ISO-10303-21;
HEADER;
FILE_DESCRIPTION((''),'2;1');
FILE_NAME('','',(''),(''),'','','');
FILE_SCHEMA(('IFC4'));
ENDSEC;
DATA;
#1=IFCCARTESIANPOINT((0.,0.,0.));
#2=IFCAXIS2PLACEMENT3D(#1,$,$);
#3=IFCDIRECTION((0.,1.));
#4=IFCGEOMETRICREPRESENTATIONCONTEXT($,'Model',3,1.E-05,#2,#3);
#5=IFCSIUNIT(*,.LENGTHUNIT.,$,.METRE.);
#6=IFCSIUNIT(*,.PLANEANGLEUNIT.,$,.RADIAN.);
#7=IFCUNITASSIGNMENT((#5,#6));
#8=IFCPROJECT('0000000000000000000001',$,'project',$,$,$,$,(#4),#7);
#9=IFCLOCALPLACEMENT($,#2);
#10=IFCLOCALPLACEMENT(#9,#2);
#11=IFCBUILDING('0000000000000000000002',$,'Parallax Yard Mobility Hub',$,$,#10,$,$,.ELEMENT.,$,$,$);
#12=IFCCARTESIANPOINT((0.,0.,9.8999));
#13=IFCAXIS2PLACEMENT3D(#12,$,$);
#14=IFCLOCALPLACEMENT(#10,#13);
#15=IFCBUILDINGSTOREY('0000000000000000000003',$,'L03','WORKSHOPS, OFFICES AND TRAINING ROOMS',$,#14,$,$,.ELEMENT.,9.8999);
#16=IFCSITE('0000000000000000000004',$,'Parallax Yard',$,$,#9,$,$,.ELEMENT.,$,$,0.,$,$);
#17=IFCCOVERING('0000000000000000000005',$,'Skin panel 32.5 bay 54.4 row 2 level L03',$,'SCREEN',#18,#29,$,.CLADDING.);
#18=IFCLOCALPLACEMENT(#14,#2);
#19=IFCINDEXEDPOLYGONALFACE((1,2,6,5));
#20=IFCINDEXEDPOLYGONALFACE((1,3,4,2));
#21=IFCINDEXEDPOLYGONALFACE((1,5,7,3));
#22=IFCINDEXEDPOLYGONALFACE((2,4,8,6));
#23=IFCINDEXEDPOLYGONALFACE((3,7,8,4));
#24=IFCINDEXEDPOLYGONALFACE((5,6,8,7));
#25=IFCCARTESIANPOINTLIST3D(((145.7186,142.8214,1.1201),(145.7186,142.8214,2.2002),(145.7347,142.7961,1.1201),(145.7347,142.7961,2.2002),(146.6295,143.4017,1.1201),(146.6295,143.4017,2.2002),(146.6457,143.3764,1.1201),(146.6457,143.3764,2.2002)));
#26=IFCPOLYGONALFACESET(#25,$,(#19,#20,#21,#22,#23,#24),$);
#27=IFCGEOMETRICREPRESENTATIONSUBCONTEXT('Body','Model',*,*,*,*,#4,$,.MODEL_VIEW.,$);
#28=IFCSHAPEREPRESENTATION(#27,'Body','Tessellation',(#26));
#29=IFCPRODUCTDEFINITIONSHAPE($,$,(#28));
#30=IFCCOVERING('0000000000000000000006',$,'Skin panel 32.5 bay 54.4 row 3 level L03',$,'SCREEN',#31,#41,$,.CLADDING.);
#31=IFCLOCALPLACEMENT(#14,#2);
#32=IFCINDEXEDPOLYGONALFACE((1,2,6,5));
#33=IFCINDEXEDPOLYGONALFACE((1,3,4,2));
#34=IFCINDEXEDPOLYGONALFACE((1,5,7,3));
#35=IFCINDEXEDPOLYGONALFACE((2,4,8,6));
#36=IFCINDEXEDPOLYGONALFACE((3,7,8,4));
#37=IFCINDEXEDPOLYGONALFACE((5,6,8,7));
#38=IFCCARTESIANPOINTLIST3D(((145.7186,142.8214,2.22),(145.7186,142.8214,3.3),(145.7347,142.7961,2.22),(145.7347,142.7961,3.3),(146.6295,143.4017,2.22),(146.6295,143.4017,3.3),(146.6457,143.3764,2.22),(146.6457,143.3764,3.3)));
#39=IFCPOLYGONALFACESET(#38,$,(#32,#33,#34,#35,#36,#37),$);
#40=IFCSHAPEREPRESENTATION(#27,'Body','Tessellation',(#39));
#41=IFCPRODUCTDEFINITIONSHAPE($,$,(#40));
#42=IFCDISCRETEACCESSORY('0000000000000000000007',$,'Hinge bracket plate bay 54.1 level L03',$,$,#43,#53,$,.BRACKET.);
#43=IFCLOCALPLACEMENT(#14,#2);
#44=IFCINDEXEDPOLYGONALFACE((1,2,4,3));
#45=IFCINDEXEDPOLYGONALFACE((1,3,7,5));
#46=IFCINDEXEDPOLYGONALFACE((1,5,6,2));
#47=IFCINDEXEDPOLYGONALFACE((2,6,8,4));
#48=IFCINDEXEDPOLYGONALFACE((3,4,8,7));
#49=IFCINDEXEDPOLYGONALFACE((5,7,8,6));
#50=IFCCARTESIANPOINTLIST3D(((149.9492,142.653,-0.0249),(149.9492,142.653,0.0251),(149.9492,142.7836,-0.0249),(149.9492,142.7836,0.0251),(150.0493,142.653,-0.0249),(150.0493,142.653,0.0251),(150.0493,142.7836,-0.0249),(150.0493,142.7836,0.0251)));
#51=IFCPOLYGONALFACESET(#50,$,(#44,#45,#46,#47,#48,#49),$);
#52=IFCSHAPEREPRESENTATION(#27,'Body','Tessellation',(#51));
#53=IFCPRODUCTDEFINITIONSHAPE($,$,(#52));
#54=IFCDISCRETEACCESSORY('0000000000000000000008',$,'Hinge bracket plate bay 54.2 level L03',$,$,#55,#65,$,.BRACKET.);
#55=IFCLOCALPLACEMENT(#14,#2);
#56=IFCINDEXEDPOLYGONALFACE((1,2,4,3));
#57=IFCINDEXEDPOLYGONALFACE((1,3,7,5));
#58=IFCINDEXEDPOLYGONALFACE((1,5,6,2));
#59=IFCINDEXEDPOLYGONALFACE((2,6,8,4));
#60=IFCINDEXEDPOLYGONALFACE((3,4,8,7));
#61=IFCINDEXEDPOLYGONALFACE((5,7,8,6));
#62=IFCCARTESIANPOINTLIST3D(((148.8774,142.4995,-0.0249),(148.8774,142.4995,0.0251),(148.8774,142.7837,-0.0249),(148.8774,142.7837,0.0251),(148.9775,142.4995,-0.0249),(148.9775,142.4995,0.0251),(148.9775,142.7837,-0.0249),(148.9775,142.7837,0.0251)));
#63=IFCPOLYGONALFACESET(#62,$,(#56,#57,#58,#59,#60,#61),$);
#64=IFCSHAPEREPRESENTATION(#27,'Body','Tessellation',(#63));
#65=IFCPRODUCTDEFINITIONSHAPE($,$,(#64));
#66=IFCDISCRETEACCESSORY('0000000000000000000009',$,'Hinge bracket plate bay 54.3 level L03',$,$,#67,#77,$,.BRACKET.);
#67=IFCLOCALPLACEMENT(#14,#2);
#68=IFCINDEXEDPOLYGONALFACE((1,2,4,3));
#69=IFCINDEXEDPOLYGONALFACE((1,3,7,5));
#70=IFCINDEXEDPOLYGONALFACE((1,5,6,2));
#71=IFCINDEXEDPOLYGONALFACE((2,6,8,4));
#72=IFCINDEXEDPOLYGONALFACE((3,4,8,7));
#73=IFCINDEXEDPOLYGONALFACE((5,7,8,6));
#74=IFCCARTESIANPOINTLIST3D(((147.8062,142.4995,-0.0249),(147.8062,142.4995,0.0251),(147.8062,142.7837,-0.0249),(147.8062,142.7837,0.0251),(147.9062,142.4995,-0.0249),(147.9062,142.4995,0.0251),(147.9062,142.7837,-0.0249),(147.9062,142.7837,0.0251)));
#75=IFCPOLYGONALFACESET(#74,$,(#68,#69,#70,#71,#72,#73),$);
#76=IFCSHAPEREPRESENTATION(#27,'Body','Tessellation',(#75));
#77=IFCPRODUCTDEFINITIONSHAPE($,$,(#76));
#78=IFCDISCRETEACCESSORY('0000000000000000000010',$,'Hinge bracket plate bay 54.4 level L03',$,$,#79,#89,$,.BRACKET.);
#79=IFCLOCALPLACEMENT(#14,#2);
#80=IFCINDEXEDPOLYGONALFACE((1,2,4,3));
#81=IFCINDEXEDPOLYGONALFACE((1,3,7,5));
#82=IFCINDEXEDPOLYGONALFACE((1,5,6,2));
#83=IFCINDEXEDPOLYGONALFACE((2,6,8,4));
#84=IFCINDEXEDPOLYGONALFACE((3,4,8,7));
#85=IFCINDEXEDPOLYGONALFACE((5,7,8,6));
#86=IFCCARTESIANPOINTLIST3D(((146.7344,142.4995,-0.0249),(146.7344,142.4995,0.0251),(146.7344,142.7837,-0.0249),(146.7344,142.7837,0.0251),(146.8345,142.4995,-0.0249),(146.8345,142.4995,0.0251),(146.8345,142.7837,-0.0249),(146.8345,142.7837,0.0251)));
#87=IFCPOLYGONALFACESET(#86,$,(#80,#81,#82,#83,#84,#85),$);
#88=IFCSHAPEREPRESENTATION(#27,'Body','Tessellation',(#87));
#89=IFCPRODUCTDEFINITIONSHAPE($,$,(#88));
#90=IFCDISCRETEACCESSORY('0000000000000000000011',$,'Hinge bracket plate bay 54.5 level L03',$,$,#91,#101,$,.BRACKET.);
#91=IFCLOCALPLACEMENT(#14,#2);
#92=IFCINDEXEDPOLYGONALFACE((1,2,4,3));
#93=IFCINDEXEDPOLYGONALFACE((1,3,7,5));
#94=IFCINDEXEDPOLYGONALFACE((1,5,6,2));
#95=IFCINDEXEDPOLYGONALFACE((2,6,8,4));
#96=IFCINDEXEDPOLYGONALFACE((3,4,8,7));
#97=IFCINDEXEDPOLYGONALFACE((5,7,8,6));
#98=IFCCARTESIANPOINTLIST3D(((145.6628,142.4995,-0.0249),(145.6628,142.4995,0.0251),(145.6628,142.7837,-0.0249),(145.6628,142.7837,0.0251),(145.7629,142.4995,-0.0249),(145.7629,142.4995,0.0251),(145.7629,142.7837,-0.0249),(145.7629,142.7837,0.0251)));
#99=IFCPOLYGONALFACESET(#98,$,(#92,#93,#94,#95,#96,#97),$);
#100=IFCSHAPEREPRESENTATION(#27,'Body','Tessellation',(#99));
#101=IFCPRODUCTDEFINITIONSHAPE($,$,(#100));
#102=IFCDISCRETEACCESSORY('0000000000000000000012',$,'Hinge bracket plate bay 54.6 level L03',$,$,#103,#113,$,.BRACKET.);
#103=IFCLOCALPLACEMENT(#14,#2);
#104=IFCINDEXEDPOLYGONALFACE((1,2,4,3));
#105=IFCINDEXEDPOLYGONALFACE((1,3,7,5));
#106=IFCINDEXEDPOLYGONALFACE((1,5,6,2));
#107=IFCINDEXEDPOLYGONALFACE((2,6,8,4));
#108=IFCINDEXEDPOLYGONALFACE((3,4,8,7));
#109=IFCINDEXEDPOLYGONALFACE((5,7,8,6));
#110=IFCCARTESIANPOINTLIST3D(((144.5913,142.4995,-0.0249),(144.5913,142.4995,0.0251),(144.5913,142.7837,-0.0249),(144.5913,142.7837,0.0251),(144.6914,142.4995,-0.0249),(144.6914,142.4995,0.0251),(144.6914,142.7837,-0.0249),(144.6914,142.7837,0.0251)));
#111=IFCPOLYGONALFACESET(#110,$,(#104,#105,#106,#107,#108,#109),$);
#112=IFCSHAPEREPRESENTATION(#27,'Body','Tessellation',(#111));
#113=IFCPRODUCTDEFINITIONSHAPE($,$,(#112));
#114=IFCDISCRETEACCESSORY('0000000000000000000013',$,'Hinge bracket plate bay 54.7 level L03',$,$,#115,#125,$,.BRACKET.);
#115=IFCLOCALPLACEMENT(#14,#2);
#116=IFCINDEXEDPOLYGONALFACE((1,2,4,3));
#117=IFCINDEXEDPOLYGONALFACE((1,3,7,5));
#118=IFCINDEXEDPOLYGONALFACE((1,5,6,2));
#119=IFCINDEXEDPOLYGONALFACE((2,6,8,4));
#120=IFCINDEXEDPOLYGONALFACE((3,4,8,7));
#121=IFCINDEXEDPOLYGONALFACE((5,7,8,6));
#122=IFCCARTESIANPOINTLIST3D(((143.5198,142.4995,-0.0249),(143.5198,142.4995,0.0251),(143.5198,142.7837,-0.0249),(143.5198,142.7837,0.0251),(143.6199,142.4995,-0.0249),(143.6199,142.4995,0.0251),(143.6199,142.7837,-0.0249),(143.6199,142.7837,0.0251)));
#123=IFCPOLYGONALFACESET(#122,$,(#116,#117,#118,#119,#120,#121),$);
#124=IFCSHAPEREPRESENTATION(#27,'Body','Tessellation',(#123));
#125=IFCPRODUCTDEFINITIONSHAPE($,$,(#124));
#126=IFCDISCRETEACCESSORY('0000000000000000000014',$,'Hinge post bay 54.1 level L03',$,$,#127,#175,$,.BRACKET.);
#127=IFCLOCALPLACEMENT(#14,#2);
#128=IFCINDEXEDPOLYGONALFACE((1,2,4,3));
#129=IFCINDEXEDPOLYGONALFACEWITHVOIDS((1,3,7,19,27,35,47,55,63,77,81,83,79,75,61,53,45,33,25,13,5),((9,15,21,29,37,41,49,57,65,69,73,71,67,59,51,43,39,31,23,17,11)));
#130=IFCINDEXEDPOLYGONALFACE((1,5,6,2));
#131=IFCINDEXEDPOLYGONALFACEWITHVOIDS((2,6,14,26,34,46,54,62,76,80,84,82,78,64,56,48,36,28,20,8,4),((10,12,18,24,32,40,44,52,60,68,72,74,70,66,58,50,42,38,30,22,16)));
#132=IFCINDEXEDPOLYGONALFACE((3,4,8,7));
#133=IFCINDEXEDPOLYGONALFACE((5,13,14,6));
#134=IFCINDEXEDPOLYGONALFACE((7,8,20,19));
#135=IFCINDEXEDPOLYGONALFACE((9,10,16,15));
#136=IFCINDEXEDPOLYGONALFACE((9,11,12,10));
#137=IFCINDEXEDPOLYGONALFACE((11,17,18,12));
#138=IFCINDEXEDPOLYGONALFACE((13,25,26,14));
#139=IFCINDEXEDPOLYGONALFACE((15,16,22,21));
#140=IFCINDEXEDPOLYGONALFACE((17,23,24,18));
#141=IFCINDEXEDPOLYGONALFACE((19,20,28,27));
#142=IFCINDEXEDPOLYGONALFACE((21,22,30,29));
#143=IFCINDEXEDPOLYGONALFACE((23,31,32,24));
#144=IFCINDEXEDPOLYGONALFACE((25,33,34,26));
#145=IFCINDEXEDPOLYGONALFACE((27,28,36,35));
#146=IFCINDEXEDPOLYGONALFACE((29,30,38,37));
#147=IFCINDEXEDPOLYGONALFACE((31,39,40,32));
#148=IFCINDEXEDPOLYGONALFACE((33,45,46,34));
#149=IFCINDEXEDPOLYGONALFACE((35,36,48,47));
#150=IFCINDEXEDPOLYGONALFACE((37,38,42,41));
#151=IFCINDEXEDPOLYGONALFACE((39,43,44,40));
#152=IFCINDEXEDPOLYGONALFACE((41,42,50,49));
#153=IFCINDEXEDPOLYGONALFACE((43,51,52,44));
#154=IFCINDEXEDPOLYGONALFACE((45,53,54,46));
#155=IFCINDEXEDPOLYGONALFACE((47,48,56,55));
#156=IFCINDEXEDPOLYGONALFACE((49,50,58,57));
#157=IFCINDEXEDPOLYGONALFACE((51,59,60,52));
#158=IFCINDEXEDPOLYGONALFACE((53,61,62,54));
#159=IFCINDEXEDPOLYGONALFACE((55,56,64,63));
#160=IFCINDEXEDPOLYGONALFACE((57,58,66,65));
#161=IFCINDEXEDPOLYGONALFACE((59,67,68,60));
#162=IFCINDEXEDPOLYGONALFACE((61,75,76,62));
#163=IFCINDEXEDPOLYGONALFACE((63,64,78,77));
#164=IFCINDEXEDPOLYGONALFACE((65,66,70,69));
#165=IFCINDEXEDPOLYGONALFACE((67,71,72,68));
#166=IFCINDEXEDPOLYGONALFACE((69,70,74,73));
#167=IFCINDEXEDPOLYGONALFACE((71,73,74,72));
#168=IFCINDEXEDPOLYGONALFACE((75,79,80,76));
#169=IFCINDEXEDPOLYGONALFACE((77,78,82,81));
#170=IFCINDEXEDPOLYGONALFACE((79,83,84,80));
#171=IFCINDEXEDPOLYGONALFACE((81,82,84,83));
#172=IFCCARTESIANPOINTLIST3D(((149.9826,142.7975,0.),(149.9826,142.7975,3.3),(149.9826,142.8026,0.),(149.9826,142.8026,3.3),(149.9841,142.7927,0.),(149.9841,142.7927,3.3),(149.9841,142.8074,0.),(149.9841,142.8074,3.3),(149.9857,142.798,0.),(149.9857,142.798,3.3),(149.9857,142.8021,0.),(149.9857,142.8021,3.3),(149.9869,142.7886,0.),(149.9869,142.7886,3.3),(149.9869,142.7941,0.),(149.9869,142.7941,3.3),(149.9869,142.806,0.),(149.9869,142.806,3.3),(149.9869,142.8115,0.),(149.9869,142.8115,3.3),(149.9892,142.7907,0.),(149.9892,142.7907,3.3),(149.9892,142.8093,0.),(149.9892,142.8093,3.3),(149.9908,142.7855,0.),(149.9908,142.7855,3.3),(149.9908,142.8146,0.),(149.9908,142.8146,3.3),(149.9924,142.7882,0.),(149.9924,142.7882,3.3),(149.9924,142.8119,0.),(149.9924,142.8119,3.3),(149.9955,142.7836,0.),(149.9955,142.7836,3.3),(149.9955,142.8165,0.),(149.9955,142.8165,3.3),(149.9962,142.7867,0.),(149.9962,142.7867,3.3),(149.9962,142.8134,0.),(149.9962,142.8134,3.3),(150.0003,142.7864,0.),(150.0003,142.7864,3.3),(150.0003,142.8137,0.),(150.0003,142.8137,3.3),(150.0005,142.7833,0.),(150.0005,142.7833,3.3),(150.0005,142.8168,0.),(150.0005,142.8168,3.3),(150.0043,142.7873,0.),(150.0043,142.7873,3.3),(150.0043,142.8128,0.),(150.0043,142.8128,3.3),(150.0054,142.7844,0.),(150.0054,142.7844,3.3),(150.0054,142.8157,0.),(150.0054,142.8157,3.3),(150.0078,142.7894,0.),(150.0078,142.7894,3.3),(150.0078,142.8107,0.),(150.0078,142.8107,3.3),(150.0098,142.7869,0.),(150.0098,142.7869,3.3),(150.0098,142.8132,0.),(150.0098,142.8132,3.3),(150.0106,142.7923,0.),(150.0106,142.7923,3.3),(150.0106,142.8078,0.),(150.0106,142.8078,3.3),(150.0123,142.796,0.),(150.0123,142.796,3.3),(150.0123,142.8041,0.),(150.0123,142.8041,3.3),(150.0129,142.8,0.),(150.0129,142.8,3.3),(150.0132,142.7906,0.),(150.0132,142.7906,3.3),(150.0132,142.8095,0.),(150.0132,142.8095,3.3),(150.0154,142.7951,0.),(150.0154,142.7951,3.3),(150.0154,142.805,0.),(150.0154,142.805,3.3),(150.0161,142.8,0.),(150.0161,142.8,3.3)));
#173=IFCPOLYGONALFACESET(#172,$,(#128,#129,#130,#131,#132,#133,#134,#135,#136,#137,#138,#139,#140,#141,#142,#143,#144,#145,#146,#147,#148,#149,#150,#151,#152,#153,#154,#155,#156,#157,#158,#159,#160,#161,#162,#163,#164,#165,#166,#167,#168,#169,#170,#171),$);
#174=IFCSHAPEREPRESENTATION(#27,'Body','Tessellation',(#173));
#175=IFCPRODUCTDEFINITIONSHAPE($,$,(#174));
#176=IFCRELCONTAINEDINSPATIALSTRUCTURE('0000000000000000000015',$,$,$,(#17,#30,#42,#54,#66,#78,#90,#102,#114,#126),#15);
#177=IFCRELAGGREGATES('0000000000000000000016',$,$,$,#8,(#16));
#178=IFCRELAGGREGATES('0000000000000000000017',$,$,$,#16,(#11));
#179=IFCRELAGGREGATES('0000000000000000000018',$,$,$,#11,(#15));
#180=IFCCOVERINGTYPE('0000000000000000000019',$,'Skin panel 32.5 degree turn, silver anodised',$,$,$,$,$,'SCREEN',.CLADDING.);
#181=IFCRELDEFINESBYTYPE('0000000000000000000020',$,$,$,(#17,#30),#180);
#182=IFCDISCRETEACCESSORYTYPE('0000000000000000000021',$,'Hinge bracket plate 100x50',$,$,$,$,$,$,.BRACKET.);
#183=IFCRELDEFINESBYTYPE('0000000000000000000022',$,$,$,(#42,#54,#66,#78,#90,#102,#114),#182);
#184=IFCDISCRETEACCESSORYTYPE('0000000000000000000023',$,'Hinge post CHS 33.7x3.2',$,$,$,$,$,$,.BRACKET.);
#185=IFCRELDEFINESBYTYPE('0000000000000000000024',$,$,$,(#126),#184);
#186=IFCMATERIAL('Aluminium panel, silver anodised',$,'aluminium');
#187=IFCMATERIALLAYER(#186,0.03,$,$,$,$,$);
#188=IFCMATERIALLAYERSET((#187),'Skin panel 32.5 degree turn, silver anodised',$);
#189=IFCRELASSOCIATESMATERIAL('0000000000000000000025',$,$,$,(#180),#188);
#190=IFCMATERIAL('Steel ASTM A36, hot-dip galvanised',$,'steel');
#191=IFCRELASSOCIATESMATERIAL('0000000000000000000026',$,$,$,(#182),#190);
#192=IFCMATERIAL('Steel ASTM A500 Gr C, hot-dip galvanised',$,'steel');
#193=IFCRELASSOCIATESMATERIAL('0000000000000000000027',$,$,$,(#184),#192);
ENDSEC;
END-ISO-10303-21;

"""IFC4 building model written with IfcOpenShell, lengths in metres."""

from ifc_helpers import new_model, si_unit, direction, frame, origin, origin_2d, place, context, subcontext, project, spatial, rectangle, hollow_circle, extrude, material, layer, layer_set, material_profile, profile_set, type_object, element, save


model = new_model("IFC4")

# Units and contexts
model_context = context("Model", 3, precision=1e-05, world=origin(), true_north=direction((0.0, 1.0)))
body_context = subcontext(model_context, "Body", "Model", "MODEL_VIEW")
ifc_project = project(units=[si_unit("LENGTHUNIT", "METRE"), si_unit("PLANEANGLEUNIT", "RADIAN")], contexts=[model_context])

# Site, building, storey
site_placement = place(None, origin())
site = spatial("IfcSite", under=ifc_project, at=site_placement, Name="Parallax Yard", CompositionType="ELEMENT", RefElevation=0.0)
building_placement = place(site_placement, origin())
building = spatial("IfcBuilding", under=site, at=building_placement, Name="Parallax Yard Mobility Hub", CompositionType="ELEMENT")
storey_placement = place(building_placement, frame((0.0, 0.0, 9.8999)))
storey = spatial("IfcBuildingStorey", under=building, at=storey_placement, Name="L03", Description="WORKSHOPS, OFFICES AND TRAINING ROOMS", CompositionType="ELEMENT", Elevation=9.8999)

# Coverings
ifc_material_1 = material(Name="Aluminium panel, silver anodised", Category="aluminium")
ifc_layer_1 = layer(ifc_material_1, 0.03)
ifc_layer_set_1 = layer_set([ifc_layer_1], Name="Skin panel 32.5 degree turn, silver anodised")
covering_type_1 = type_object("IfcCoveringType", Name="Skin panel 32.5 degree turn, silver anodised", ElementType="SCREEN", PredefinedType="CLADDING", material=ifc_layer_set_1)
for number, where, z_axis, x_axis, name in (
    (1, (146.1821, 143.0989, 1.1201), (0.0, 0.0, 1.0), (0.843391, 0.5373, 0.0), "Skin panel 32.5 bay 54.4 row 2 level L03"),
    (2, (146.1821, 143.0989, 2.22), (0.0, 0.0, 1.0), (0.843391, 0.5373, 0.0), "Skin panel 32.5 bay 54.4 row 3 level L03"),
):
    element("IfcCovering", number, at=place(storey_placement, frame(where, z_axis=z_axis, x_axis=x_axis)), inside=storey, type_object=covering_type_1, Name=name, ObjectType="SCREEN", PredefinedType="CLADDING", context=body_context, shape_type="SweptSolid", body=[
        extrude(rectangle(XDim=1.0801, YDim=0.03, at=origin_2d()), origin(), (0.0, 0.0, 1.0), 1.0801),
    ])

# Discrete accessories
ifc_material_2 = material(Name="Steel ASTM A36, hot-dip galvanised", Category="steel")
discrete_accessory_type_1 = type_object("IfcDiscreteAccessoryType", Name="Hinge bracket plate 100x50", PredefinedType="BRACKET", material=ifc_material_2)
discrete_accessory_placement = place(storey_placement, frame((149.9993, 142.7183, -0.0249), z_axis=(0.0, 0.0, 1.0), x_axis=(0.0, 1.0, 0.0)))
element("IfcDiscreteAccessory", 3, at=discrete_accessory_placement, inside=storey, type_object=discrete_accessory_type_1, Name="Hinge bracket plate bay 54.1 level L03", PredefinedType="BRACKET", context=body_context, shape_type="SweptSolid", body=[
    extrude(rectangle(XDim=0.1306, YDim=0.1001, at=origin_2d()), origin(), (0.0, 0.0, 1.0), 0.05),
])
for number, where, z_axis, x_axis, name in (
    (4, (148.9275, 142.6416, -0.0249), (0.0, 0.0, 1.0), (0.0, 1.0, 0.0), "Hinge bracket plate bay 54.2 level L03"),
    (5, (147.8562, 142.6416, -0.0249), (0.0, 0.0, 1.0), (0.0, 1.0, 0.0), "Hinge bracket plate bay 54.3 level L03"),
    (6, (146.7844, 142.6416, -0.0249), (0.0, 0.0, 1.0), (0.0, 1.0, 0.0), "Hinge bracket plate bay 54.4 level L03"),
    (7, (145.7129, 142.6416, -0.0249), (0.0, 0.0, 1.0), (0.0, 1.0, 0.0), "Hinge bracket plate bay 54.5 level L03"),
    (8, (144.6414, 142.6416, -0.0249), (0.0, 0.0, 1.0), (0.0, 1.0, 0.0), "Hinge bracket plate bay 54.6 level L03"),
    (9, (143.5698, 142.6416, -0.0249), (0.0, 0.0, 1.0), (0.0, 1.0, 0.0), "Hinge bracket plate bay 54.7 level L03"),
):
    element("IfcDiscreteAccessory", number, at=place(storey_placement, frame(where, z_axis=z_axis, x_axis=x_axis)), inside=storey, type_object=discrete_accessory_type_1, Name=name, PredefinedType="BRACKET", context=body_context, shape_type="SweptSolid", body=[
        extrude(rectangle(XDim=0.2842, YDim=0.1001, at=origin_2d()), origin(), (0.0, 0.0, 1.0), 0.05),
    ])
ifc_material_3 = material(Name="Steel ASTM A500 Gr C, hot-dip galvanised", Category="steel")
ifc_material_profile = material_profile(ifc_material_3, hollow_circle(Radius=0.0168, WallThickness=0.0032, at=origin_2d()), Name="CHS 33.7x3.2")
ifc_profile_set = profile_set([ifc_material_profile], Name="Steel ASTM A500 Gr C, hot-dip galvanised")
discrete_accessory_type_2 = type_object("IfcDiscreteAccessoryType", Name="Hinge post CHS 33.7x3.2", PredefinedType="BRACKET", material=ifc_profile_set)
for number, where, z_axis, x_axis, name in (
    (10, (149.9993, 142.8, 0.0), (0.0, 0.0, 1.0), (1.0, 0.0, 0.0), "Hinge post bay 54.1 level L03"),
):
    element("IfcDiscreteAccessory", number, at=place(storey_placement, frame(where, z_axis=z_axis, x_axis=x_axis)), inside=storey, type_object=discrete_accessory_type_2, Name=name, PredefinedType="BRACKET", context=body_context, shape_type="SweptSolid", body=[
        extrude(hollow_circle(Radius=0.0168, WallThickness=0.0032, at=origin_2d()), origin(), (0.0, 0.0, 1.0), 3.3),
    ])

save(model, "model.ifc")
